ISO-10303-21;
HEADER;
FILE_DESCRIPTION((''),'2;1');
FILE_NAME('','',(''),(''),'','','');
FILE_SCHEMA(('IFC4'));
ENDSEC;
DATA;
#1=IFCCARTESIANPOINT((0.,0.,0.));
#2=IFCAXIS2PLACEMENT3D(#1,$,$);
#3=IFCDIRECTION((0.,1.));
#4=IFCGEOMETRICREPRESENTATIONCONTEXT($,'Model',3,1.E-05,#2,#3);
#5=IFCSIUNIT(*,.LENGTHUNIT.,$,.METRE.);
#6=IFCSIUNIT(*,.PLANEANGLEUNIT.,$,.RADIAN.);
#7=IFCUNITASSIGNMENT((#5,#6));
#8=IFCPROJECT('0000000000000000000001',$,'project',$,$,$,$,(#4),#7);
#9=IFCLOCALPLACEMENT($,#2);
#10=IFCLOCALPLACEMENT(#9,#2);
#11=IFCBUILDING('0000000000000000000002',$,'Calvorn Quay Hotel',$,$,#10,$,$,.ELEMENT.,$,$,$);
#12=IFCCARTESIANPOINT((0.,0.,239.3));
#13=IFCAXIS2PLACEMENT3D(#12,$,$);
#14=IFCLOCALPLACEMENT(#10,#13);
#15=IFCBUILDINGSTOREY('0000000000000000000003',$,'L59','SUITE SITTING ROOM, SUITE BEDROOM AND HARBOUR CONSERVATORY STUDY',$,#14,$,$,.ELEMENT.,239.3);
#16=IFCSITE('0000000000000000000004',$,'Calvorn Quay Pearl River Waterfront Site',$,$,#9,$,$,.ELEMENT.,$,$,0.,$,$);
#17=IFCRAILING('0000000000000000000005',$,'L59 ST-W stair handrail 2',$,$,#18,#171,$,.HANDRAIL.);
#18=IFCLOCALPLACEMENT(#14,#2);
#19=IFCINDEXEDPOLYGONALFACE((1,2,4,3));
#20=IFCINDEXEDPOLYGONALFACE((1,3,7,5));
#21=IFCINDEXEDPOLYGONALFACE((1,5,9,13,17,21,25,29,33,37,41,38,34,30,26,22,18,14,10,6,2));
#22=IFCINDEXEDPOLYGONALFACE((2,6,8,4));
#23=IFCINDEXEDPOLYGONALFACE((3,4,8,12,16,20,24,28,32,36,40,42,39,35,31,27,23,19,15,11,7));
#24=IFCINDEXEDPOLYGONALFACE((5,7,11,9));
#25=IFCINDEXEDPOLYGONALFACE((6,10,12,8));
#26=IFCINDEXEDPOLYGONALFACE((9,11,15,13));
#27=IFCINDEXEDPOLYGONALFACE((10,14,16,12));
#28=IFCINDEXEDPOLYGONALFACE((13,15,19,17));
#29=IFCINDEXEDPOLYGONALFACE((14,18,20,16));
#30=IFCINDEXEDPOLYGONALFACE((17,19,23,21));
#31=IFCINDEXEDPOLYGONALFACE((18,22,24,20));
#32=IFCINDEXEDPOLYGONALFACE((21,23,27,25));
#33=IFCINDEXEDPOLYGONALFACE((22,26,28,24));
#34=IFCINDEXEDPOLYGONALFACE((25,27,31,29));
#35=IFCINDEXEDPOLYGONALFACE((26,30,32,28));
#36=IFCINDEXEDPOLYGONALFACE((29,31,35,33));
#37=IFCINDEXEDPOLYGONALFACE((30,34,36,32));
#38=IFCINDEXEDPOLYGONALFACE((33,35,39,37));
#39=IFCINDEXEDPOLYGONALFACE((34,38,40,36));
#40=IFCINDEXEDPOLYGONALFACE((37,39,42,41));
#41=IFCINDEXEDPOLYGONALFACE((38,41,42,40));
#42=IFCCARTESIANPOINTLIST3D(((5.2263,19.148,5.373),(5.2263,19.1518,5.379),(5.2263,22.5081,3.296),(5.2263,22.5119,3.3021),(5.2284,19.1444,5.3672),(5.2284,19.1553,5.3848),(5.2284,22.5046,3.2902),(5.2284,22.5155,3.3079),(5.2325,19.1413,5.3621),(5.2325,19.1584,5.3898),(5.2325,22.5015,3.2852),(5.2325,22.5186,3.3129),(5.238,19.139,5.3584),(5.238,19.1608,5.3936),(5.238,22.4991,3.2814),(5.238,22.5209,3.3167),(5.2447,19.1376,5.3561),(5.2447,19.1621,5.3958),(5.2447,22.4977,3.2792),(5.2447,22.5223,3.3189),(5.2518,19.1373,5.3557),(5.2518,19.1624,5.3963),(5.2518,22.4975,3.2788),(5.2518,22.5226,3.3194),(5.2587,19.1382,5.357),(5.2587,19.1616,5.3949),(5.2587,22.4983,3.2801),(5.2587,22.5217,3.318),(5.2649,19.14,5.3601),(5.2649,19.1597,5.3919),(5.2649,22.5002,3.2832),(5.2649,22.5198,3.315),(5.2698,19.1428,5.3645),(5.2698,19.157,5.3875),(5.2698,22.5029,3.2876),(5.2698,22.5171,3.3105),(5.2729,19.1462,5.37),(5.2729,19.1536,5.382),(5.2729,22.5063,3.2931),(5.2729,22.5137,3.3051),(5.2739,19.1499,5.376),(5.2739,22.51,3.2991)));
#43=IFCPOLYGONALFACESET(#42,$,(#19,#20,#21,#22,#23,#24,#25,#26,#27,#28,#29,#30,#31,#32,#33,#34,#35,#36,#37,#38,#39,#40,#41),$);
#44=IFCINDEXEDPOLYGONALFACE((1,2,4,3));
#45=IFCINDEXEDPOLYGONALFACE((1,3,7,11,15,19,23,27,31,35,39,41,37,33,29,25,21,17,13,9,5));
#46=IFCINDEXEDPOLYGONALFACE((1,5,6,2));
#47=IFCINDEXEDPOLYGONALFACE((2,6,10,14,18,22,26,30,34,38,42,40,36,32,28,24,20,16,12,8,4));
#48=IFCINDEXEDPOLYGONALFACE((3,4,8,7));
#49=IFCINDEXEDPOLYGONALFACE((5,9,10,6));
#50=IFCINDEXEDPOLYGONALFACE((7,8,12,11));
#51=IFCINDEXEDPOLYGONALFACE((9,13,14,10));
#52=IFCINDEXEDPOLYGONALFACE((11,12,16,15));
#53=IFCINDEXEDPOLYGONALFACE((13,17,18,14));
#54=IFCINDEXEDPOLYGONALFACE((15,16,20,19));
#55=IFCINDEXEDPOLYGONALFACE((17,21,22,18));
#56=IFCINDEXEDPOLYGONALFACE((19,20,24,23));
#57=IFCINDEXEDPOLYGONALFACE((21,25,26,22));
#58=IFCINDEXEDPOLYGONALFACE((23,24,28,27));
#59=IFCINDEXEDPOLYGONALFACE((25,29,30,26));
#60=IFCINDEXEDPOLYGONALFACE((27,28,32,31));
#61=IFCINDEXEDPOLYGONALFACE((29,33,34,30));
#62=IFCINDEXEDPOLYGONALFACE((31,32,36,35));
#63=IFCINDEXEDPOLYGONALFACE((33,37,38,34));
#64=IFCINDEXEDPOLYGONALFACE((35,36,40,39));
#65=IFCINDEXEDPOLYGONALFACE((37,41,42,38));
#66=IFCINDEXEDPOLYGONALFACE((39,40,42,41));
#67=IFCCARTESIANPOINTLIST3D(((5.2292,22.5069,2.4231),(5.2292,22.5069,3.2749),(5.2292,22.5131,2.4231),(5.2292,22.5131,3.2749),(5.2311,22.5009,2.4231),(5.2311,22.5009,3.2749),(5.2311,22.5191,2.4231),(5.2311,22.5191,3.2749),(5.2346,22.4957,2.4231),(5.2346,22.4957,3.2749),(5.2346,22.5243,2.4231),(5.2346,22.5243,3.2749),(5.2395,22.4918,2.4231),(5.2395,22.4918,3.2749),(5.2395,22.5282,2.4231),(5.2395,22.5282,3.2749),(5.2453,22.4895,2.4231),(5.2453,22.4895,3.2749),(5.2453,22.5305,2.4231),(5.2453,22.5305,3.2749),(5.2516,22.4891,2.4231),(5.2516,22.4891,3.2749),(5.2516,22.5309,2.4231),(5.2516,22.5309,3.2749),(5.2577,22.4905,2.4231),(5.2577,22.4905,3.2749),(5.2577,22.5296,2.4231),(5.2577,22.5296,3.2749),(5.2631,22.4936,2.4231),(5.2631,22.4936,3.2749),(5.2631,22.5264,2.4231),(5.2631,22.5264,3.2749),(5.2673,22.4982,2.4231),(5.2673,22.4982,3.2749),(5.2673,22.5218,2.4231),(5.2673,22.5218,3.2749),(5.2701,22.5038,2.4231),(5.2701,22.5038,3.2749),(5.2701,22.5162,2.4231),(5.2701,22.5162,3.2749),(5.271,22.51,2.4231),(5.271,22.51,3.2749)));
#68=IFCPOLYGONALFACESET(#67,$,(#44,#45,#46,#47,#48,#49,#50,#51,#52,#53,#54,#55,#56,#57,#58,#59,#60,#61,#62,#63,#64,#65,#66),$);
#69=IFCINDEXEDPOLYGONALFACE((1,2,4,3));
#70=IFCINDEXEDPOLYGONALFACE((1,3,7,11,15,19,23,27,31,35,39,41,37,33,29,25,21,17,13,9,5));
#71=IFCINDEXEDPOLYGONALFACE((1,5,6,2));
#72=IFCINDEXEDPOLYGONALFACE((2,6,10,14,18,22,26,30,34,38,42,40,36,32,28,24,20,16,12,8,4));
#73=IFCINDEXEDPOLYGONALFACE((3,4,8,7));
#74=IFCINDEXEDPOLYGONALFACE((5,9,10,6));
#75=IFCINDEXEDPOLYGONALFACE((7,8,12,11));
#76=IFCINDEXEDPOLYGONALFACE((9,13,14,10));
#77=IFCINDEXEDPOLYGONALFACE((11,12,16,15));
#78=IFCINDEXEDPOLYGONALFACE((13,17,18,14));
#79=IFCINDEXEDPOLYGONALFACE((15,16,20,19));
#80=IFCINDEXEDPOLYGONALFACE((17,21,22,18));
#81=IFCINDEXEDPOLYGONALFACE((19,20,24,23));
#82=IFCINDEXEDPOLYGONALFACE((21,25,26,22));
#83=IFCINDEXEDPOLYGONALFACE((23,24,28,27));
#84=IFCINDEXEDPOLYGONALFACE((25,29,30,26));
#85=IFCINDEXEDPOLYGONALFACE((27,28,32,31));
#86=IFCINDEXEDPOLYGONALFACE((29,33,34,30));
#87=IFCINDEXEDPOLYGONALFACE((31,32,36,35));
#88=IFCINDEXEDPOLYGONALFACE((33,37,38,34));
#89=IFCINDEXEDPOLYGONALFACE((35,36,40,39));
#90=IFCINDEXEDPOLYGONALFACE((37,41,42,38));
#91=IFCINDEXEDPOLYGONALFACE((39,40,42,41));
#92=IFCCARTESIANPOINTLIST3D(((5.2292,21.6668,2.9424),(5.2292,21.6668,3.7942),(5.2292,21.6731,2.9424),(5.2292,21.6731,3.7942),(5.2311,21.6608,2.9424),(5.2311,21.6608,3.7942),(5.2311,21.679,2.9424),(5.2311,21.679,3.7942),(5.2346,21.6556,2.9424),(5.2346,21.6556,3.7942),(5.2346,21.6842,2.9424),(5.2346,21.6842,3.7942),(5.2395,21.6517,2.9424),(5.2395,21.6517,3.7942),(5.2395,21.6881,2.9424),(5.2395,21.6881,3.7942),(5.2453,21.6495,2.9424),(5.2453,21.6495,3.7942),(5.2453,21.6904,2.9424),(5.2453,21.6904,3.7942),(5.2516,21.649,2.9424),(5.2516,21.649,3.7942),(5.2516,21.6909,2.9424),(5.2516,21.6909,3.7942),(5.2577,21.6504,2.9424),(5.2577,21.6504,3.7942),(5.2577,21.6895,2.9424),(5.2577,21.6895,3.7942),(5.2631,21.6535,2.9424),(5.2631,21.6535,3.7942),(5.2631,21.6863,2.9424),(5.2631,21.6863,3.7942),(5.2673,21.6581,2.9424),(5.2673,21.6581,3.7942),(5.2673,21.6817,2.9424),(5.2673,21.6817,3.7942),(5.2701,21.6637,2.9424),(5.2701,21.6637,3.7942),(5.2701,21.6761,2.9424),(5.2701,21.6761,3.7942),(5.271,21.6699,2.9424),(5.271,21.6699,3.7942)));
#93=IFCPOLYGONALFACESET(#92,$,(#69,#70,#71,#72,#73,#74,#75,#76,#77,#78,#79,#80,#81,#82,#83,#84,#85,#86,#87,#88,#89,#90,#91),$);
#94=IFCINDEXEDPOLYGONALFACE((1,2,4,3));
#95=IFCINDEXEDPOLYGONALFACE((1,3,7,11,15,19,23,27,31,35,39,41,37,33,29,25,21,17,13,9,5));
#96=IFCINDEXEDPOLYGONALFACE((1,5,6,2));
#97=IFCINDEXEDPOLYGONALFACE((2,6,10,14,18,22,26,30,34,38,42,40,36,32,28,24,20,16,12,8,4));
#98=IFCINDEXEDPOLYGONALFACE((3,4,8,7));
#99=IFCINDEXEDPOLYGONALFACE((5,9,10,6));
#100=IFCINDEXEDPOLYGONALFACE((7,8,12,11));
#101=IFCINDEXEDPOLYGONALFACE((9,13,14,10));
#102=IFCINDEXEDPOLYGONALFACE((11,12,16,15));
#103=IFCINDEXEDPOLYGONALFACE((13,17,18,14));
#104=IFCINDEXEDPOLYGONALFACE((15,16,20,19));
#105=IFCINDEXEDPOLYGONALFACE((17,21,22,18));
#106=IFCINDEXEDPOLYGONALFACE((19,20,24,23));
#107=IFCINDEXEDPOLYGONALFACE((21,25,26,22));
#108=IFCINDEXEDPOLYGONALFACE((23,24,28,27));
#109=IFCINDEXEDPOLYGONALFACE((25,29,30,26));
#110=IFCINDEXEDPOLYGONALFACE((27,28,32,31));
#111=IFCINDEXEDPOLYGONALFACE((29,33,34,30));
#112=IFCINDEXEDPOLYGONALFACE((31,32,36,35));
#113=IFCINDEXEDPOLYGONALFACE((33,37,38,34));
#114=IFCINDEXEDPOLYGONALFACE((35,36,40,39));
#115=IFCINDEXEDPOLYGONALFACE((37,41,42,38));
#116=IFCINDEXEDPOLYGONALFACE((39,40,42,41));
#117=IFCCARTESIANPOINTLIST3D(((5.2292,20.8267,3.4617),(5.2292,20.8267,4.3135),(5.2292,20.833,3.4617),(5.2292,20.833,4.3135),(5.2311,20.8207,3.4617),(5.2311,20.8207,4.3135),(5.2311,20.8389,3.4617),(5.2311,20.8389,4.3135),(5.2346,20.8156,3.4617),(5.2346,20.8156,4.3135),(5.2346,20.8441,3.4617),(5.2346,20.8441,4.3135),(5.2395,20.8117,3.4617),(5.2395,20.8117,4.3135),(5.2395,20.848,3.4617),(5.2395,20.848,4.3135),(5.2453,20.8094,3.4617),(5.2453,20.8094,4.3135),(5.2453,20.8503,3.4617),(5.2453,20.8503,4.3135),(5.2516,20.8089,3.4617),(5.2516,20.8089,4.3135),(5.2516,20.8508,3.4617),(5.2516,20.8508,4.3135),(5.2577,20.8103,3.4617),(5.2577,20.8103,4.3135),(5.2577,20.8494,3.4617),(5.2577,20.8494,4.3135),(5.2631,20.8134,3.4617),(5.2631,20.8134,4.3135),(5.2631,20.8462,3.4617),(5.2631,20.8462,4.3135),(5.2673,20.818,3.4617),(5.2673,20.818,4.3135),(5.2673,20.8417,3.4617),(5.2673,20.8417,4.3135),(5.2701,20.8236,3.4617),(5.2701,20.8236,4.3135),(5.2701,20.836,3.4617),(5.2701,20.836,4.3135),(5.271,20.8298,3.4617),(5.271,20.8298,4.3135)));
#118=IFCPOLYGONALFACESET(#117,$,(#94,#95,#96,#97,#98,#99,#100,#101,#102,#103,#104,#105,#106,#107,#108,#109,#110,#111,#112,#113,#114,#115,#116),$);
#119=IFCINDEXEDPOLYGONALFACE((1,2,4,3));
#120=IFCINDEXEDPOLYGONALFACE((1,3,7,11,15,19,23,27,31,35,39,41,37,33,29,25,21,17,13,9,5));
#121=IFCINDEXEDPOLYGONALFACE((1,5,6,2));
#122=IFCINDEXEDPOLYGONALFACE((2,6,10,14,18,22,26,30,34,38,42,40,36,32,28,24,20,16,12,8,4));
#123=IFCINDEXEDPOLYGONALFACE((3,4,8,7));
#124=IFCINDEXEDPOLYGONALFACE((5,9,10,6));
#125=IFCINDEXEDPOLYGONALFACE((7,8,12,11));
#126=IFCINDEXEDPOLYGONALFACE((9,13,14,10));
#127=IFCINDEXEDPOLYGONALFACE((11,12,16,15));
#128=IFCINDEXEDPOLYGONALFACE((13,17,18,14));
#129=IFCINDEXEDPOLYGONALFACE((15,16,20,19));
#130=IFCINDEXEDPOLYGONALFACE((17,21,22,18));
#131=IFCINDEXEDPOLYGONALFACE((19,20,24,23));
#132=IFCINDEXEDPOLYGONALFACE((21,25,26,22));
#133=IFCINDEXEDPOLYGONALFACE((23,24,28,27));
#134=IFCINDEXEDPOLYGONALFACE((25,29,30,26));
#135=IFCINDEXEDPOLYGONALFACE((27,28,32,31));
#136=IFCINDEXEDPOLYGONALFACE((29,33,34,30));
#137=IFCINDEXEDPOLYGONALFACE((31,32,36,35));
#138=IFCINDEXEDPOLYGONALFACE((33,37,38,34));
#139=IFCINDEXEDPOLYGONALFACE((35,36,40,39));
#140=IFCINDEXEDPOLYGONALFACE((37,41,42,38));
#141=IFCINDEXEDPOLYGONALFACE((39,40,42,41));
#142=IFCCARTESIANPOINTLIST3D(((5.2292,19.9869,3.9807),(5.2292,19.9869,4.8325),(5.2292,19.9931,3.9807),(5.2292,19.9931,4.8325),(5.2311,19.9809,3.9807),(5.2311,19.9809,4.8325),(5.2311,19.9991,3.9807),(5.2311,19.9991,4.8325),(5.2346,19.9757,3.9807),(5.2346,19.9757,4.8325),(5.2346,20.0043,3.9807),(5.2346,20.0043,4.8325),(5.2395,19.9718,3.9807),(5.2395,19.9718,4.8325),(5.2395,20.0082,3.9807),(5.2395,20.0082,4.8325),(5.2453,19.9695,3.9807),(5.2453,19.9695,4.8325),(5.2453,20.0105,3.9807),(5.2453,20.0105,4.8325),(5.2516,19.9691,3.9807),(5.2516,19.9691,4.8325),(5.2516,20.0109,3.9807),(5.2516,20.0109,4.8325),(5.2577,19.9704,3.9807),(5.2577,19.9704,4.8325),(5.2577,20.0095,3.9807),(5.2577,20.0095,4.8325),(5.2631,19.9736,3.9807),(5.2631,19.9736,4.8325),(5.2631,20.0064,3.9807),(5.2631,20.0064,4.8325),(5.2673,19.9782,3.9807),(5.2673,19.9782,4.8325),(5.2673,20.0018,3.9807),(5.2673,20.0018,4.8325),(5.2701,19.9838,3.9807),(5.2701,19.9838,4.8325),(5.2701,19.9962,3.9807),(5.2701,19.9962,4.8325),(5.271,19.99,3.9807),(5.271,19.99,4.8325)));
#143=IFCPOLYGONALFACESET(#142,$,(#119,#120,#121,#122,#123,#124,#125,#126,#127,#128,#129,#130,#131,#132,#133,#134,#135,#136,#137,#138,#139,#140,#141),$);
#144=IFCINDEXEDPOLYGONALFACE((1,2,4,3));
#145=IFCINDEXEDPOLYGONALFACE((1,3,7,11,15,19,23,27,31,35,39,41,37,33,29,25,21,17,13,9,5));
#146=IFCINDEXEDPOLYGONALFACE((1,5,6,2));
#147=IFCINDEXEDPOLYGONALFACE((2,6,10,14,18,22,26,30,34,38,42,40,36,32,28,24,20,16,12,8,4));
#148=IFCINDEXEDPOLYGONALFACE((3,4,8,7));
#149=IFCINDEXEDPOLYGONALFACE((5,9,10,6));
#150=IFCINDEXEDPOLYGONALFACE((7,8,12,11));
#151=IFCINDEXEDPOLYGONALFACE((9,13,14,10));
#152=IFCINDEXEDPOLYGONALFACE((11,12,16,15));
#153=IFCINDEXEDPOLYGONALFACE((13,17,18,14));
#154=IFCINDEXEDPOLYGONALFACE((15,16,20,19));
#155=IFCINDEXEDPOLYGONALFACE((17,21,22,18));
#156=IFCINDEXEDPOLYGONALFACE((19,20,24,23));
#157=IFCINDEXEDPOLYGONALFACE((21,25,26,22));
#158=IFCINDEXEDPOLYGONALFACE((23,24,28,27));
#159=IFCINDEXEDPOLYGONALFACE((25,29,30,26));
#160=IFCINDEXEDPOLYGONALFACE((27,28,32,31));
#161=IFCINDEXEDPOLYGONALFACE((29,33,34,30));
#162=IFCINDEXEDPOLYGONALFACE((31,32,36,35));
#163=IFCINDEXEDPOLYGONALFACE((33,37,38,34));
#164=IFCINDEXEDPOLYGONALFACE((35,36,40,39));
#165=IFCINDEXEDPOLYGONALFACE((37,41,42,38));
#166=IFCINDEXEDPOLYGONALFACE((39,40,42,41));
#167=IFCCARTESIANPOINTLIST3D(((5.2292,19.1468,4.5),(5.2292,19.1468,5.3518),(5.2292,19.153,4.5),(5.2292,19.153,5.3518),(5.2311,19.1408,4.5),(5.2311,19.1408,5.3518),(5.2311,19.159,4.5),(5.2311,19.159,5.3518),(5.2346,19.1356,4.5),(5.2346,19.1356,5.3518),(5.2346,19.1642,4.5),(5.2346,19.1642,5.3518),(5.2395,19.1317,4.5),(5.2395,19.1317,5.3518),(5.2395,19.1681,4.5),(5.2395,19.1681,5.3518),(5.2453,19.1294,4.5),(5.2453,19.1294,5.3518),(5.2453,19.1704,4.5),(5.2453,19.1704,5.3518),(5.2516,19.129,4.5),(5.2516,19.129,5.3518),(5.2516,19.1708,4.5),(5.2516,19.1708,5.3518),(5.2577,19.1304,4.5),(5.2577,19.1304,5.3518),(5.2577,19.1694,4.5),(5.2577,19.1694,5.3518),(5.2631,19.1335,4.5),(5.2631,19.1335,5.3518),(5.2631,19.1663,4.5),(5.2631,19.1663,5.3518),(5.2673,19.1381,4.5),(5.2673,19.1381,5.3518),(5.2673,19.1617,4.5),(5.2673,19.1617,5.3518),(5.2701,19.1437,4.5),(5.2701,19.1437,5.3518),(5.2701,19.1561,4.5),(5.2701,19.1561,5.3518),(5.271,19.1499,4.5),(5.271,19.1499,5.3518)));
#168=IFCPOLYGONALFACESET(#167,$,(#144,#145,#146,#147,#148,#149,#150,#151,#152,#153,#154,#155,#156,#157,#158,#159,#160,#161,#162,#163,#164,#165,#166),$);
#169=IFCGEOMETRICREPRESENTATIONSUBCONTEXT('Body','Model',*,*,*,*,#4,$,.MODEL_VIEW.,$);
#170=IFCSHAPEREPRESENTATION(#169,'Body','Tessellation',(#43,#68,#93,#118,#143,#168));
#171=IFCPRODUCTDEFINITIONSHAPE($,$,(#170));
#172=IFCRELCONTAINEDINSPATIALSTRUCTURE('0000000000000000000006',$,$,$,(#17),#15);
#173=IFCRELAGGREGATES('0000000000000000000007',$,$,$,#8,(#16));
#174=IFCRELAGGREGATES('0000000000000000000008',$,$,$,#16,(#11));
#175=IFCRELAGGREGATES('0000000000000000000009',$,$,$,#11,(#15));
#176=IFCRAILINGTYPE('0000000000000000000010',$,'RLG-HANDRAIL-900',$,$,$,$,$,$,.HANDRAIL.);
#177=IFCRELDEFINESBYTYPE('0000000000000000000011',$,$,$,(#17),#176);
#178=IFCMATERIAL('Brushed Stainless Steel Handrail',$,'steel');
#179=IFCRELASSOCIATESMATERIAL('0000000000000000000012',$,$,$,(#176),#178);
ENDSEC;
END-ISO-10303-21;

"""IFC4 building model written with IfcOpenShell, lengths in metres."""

from ifc_helpers import new_model, si_unit, direction, frame, origin, origin_2d, place, context, subcontext, project, spatial, circle, extrude, material, type_object, element, save


model = new_model("IFC4")

# Units and contexts
model_context = context("Model", 3, precision=1e-05, world=origin(), true_north=direction((0.0, 1.0)))
body_context = subcontext(model_context, "Body", "Model", "MODEL_VIEW")
ifc_project = project(units=[si_unit("LENGTHUNIT", "METRE"), si_unit("PLANEANGLEUNIT", "RADIAN")], contexts=[model_context])

# Site, building, storey
site_placement = place(None, origin())
site = spatial("IfcSite", under=ifc_project, at=site_placement, Name="Calvorn Quay Pearl River Waterfront Site", CompositionType="ELEMENT", RefElevation=0.0)
building_placement = place(site_placement, origin())
building = spatial("IfcBuilding", under=site, at=building_placement, Name="Calvorn Quay Hotel", CompositionType="ELEMENT")
storey_placement = place(building_placement, frame((0.0, 0.0, 239.3)))
storey = spatial("IfcBuildingStorey", under=building, at=storey_placement, Name="L59", Description="SUITE SITTING ROOM, SUITE BEDROOM AND HARBOUR CONSERVATORY STUDY", CompositionType="ELEMENT", Elevation=239.3)

# Railing
ifc_material_1 = material(Name="Brushed Stainless Steel Handrail", Category="steel")
railing_type_1 = type_object("IfcRailingType", Name="RLG-HANDRAIL-900", PredefinedType="HANDRAIL", material=ifc_material_1)
railing_1_placement = place(storey_placement, frame((5.25, 22.51, 2.4231)))
element("IfcRailing", 1, at=railing_1_placement, inside=storey, type_object=railing_type_1, Name="L59 ST-W stair handrail 2", PredefinedType="HANDRAIL", context=body_context, shape_type="SweptSolid", body=[
    extrude(circle(Radius=0.0239, at=origin_2d()), frame((0.0, 0.0, 0.876), z_axis=(0.0, -0.850623, 0.525776), x_axis=(1.0, 0.0, 0.0)), (0.0, 0.0, 1.0), 3.9502),
    extrude(circle(Radius=0.021, at=origin_2d()), origin(), (0.0, 0.0, 1.0), 0.8518),
    extrude(circle(Radius=0.021, at=origin_2d()), frame((0.0, -0.8401, 0.5193)), (0.0, 0.0, 1.0), 0.8518),
    extrude(circle(Radius=0.021, at=origin_2d()), frame((0.0, -1.6802, 1.0386)), (0.0, 0.0, 1.0), 0.8518),
    extrude(circle(Radius=0.021, at=origin_2d()), frame((0.0, -2.52, 1.5576)), (0.0, 0.0, 1.0), 0.8518),
    extrude(circle(Radius=0.021, at=origin_2d()), frame((0.0, -3.3601, 2.0769)), (0.0, 0.0, 1.0), 0.8518),
])

save(model, "model.ifc")
